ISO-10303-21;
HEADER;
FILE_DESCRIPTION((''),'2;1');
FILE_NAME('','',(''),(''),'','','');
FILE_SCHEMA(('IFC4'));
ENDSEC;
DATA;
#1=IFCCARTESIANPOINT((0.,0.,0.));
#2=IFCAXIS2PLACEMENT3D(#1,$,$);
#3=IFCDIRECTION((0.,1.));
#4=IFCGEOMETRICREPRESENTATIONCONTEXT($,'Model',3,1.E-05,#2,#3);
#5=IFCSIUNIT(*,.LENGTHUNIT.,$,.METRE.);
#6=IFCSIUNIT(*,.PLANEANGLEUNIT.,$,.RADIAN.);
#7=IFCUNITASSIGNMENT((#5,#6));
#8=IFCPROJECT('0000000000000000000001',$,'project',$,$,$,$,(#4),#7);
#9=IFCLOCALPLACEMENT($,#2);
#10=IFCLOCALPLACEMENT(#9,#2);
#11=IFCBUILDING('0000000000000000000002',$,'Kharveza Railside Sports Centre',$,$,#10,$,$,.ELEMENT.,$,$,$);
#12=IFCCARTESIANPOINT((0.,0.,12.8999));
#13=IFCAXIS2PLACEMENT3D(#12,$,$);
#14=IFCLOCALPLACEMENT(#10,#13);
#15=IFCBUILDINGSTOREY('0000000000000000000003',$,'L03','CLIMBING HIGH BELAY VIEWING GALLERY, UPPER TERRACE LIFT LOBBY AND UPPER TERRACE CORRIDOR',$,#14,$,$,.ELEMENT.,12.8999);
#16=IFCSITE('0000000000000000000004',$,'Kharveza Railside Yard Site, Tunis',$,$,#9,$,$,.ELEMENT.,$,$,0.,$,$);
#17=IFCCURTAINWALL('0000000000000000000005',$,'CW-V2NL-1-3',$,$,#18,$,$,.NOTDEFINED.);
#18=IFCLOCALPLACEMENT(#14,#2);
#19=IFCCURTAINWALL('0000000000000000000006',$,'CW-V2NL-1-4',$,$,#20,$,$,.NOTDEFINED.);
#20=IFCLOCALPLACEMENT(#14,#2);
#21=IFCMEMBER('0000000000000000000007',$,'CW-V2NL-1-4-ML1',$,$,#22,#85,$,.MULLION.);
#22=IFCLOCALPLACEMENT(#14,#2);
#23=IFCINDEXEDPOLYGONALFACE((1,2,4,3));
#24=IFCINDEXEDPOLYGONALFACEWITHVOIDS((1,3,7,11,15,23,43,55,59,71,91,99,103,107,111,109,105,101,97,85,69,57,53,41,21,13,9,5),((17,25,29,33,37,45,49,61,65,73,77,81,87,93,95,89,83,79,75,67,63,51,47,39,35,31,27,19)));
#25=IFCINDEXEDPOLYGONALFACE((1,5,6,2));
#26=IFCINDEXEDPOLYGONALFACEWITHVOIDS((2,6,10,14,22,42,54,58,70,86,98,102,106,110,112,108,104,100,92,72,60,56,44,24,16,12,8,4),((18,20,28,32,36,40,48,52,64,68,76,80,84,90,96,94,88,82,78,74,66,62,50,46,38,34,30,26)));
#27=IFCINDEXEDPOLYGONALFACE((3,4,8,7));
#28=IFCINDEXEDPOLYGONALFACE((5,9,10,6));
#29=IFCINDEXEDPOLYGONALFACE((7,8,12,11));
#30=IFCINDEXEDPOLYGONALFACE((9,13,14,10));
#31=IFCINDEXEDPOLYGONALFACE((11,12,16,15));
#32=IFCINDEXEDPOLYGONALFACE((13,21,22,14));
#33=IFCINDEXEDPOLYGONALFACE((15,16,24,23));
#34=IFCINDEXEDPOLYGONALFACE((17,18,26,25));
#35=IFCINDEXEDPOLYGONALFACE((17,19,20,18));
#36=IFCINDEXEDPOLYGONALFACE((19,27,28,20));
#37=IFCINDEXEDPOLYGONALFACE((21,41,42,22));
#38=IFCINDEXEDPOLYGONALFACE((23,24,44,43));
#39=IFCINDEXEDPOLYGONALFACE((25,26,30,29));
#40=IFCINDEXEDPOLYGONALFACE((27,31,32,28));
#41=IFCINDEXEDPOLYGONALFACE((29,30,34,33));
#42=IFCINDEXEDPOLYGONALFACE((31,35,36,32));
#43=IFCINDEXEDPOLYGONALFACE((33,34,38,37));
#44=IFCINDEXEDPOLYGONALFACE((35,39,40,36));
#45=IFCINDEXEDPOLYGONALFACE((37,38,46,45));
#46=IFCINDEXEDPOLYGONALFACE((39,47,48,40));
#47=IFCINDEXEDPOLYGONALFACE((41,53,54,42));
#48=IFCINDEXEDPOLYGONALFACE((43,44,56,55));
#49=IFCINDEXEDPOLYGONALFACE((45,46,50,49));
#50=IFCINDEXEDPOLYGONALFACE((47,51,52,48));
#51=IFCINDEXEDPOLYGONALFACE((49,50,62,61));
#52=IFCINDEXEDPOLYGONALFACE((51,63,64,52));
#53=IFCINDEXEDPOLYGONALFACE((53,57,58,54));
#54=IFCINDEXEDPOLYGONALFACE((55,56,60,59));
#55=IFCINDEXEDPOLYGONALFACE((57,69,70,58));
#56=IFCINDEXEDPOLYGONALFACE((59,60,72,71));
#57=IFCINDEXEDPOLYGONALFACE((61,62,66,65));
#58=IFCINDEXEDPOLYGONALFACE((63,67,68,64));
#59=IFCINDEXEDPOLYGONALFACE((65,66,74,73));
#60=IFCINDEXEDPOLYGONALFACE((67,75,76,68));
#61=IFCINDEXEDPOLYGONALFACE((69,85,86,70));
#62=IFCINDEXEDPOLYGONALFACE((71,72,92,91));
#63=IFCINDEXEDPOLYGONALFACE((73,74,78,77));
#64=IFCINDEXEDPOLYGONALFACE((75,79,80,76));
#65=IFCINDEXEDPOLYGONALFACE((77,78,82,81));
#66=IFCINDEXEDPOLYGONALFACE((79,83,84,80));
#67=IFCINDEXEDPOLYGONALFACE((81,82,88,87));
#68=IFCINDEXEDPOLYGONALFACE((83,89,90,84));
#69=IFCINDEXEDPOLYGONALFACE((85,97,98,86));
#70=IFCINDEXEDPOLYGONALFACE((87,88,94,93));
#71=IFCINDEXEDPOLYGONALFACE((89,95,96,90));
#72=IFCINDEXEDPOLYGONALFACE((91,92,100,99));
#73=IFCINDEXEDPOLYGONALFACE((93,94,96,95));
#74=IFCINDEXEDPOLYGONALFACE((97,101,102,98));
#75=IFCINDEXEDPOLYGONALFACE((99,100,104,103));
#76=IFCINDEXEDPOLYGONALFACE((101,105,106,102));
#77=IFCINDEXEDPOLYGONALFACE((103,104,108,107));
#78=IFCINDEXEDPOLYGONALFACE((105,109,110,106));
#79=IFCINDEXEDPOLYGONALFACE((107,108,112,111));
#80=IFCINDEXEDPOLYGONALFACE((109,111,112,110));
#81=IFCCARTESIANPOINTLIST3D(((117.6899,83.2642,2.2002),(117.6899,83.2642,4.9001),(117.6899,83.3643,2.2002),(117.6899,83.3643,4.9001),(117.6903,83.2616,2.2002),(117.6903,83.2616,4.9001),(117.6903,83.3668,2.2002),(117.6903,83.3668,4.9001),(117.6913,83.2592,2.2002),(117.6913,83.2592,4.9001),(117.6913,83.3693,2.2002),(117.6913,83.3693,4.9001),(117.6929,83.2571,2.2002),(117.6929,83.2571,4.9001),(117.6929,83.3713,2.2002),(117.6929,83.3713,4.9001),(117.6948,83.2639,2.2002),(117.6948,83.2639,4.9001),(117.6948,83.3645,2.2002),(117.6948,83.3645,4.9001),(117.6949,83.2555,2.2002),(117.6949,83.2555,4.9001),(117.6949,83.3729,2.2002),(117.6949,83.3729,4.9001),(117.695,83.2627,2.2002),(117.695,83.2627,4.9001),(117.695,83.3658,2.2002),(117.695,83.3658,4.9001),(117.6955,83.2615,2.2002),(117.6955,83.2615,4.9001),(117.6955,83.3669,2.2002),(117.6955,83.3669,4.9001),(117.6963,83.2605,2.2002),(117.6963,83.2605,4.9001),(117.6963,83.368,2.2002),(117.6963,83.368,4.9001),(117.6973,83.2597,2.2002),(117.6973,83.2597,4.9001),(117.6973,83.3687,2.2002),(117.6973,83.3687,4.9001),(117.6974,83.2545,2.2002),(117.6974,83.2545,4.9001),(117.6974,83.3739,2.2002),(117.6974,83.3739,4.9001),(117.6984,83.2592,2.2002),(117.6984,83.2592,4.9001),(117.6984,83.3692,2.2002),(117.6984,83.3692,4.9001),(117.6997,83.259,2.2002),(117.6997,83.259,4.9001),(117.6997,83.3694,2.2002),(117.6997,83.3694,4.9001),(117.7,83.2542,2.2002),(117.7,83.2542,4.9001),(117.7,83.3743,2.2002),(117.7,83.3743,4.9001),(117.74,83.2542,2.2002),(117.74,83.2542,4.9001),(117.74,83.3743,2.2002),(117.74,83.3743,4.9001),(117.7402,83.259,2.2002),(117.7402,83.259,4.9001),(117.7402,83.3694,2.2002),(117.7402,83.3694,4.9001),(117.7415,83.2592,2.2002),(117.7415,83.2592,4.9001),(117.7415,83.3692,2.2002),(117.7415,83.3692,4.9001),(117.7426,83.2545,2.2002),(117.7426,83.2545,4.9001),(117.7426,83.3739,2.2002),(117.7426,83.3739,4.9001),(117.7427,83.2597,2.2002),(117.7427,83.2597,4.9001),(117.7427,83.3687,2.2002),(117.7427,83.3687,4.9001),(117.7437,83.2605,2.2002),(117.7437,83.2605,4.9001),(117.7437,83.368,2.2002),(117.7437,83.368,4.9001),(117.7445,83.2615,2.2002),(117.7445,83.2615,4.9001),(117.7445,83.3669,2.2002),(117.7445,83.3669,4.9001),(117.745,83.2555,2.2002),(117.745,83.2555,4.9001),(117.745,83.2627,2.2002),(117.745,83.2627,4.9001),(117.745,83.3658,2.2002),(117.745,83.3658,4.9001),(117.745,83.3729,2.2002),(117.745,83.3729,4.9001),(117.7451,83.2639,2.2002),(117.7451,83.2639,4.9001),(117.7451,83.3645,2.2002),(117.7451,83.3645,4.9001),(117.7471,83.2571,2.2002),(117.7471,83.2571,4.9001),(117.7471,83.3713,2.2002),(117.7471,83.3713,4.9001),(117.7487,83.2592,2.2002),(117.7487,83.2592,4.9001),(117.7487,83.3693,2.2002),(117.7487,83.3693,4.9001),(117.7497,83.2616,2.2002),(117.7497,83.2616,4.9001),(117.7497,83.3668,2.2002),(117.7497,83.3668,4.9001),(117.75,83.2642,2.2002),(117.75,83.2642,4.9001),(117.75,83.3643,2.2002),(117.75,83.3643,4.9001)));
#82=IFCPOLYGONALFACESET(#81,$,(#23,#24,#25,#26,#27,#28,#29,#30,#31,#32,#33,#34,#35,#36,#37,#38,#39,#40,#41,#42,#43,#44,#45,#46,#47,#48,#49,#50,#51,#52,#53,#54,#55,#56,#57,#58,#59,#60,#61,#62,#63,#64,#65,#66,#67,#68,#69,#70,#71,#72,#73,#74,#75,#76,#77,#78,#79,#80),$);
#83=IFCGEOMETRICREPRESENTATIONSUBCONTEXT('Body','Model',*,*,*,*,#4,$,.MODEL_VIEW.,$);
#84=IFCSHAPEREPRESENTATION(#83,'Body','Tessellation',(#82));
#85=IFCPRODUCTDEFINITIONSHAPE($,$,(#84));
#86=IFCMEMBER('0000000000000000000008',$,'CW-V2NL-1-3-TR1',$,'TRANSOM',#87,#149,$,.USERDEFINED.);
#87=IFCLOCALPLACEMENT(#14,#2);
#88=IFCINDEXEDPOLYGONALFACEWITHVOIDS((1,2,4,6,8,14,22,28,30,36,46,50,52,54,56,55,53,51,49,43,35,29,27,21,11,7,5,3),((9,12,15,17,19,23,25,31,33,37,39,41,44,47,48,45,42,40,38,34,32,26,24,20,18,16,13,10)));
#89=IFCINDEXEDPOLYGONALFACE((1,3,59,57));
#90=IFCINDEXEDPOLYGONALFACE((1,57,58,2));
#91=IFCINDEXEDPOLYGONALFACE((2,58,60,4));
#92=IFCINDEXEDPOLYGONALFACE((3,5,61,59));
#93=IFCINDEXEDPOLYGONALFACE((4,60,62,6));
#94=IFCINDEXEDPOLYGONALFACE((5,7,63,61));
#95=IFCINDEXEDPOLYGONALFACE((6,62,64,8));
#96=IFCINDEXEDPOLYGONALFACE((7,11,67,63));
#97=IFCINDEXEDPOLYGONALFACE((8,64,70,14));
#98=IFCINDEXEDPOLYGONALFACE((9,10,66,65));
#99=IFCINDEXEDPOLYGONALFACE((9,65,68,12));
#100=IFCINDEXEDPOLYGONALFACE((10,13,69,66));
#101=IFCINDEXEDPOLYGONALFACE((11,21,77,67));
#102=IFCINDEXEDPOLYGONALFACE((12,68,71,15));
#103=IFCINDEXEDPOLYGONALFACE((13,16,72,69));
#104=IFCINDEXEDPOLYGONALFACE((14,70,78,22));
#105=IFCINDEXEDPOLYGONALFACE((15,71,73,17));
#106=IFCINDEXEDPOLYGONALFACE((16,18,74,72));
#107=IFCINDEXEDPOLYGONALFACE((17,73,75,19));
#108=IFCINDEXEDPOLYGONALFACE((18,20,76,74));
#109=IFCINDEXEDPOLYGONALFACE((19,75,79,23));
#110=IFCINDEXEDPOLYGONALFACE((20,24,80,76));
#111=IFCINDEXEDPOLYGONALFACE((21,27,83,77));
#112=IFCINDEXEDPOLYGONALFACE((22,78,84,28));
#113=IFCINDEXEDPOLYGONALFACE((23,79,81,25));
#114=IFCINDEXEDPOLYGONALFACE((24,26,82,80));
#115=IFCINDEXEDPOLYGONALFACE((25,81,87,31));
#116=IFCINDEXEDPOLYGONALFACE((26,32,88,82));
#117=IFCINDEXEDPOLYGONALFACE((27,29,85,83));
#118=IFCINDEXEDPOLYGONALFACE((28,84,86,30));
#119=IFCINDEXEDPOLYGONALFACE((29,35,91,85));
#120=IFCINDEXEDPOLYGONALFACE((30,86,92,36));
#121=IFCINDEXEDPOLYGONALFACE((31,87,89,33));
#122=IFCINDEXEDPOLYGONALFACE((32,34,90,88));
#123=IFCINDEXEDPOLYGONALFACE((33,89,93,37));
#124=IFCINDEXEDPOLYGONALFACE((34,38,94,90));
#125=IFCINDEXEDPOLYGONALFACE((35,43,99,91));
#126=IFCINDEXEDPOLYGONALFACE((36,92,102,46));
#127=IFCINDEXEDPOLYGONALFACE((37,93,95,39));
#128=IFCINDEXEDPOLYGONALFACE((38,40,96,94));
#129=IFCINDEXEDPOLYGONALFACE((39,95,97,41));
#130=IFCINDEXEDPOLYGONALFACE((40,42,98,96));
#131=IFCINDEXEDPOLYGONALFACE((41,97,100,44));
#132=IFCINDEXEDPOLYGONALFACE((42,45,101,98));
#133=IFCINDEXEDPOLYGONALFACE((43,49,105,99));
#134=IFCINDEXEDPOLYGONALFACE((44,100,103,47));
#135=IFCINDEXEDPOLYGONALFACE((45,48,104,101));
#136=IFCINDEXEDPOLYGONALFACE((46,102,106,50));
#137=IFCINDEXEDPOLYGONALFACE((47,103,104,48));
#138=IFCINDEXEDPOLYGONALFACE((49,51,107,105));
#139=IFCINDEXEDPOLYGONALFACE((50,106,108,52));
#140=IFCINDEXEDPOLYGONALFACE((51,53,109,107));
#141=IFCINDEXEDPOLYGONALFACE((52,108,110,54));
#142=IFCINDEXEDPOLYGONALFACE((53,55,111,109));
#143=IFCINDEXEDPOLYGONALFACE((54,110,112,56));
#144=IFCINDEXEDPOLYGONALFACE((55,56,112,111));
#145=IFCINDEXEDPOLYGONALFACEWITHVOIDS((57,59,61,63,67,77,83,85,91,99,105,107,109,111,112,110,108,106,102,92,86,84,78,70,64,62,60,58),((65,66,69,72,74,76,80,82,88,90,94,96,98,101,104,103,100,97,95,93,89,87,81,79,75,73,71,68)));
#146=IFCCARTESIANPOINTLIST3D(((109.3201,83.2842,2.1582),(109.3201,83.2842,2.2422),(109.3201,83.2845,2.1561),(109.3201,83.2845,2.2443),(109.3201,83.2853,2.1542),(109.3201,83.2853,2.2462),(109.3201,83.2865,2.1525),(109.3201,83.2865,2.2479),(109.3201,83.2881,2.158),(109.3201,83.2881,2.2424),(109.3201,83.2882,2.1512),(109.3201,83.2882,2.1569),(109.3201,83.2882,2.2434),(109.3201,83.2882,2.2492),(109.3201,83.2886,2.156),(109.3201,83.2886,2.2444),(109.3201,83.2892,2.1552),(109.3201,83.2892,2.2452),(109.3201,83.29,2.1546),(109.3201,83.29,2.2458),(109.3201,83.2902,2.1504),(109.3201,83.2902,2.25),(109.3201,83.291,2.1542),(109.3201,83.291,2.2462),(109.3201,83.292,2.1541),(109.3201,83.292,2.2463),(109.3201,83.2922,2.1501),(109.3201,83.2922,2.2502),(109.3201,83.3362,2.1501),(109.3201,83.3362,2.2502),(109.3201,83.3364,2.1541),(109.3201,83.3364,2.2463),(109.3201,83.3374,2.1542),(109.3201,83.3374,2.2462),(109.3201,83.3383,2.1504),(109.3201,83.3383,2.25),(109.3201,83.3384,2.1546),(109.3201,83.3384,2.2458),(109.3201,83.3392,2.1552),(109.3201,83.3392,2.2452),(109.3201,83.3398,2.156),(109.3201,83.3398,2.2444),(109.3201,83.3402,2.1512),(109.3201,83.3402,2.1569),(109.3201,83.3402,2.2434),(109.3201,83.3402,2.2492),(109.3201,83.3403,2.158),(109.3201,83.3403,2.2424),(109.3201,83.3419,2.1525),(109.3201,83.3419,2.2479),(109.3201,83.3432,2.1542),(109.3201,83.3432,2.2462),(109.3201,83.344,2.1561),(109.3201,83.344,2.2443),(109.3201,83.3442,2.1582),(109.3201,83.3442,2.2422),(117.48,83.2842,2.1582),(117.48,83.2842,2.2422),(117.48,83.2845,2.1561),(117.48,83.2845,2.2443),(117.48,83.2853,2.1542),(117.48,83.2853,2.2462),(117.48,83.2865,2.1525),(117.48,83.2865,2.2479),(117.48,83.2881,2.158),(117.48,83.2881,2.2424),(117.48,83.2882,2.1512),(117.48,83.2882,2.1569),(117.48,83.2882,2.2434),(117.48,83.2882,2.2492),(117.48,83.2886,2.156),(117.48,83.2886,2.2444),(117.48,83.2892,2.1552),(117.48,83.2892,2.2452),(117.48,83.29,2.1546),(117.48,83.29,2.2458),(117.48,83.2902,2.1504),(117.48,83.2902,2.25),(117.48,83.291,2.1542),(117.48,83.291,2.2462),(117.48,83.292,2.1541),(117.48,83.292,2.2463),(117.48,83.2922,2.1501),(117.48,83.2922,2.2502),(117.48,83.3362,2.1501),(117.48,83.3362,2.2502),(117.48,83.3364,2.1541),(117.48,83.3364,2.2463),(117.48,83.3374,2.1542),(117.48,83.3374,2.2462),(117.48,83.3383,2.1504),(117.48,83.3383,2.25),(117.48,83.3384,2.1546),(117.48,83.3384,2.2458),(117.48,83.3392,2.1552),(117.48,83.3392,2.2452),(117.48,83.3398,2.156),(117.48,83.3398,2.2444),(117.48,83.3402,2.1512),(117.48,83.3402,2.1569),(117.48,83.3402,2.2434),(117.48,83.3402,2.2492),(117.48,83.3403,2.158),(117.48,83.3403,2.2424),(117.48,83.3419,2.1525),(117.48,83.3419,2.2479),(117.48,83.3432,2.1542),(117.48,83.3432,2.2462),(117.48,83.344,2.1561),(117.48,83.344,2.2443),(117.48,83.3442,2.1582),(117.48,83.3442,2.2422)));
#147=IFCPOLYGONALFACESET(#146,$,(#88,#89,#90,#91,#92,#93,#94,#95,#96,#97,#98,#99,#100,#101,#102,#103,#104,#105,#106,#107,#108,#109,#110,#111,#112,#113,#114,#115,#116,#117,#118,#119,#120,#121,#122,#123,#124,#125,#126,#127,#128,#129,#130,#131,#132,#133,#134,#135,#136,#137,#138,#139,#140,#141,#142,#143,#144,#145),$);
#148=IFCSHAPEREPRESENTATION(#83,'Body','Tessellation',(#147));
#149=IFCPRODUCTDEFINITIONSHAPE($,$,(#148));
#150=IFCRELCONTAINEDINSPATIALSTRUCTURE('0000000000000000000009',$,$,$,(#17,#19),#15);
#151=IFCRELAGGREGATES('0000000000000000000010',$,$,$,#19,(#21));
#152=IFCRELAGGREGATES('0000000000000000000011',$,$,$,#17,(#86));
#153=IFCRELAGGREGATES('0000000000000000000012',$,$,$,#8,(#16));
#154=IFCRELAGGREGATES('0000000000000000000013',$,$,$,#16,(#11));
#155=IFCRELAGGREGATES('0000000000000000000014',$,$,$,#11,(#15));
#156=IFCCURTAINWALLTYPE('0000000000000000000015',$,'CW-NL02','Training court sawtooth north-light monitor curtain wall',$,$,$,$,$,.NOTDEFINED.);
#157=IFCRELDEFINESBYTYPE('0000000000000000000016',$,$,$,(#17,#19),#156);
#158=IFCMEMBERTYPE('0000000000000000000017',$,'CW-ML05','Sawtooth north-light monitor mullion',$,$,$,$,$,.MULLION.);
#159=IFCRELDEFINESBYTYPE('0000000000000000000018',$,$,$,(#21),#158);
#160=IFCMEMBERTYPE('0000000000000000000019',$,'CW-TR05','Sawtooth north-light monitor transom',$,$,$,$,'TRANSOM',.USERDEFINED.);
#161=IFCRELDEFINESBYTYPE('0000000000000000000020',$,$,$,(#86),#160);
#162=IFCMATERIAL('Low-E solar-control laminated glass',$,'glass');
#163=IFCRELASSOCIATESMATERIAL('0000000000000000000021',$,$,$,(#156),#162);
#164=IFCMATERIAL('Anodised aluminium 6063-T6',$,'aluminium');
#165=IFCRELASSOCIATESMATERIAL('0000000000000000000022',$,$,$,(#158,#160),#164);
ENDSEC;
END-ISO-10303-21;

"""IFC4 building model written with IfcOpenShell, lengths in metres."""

from ifc_helpers import new_model, si_unit, direction, frame, origin, origin_2d, place, context, subcontext, project, spatial, hollow_rectangle, extrude, material, material_profile, profile_set, type_object, element, aggregate, save


model = new_model("IFC4")

# Units and contexts
model_context = context("Model", 3, precision=1e-05, world=origin(), true_north=direction((0.0, 1.0)))
body_context = subcontext(model_context, "Body", "Model", "MODEL_VIEW")
ifc_project = project(units=[si_unit("LENGTHUNIT", "METRE"), si_unit("PLANEANGLEUNIT", "RADIAN")], contexts=[model_context])

# Site, building, storey
site_placement = place(None, origin())
site = spatial("IfcSite", under=ifc_project, at=site_placement, Name="Kharveza Railside Yard Site, Tunis", CompositionType="ELEMENT", RefElevation=0.0)
building_placement = place(site_placement, origin())
building = spatial("IfcBuilding", under=site, at=building_placement, Name="Kharveza Railside Sports Centre", CompositionType="ELEMENT")
storey_placement = place(building_placement, frame((0.0, 0.0, 12.8999)))
storey = spatial("IfcBuildingStorey", under=building, at=storey_placement, Name="L03", Description="CLIMBING HIGH BELAY VIEWING GALLERY, UPPER TERRACE LIFT LOBBY AND UPPER TERRACE CORRIDOR", CompositionType="ELEMENT", Elevation=12.8999)

# Curtain wall
ifc_material_1 = material(Name="Low-E solar-control laminated glass", Category="glass")
curtain_wall_type = type_object("IfcCurtainWallType", Name="CW-NL02", Description="Training court sawtooth north-light monitor curtain wall", PredefinedType="NOTDEFINED", material=ifc_material_1)
curtain_wall_1_placement = place(storey_placement, origin())
curtain_wall_1 = element("IfcCurtainWall", 1, at=curtain_wall_1_placement, inside=storey, type_object=curtain_wall_type, Name="CW-V2NL-1-3", PredefinedType="NOTDEFINED")
ifc_material_2 = material(Name="Anodised aluminium 6063-T6", Category="aluminium")
ifc_material_profile_1 = material_profile(ifc_material_2, hollow_rectangle(XDim=0.0601, YDim=0.1201, WallThickness=0.0049, InnerFilletRadius=0.0049, OuterFilletRadius=0.01, at=origin_2d()), Name="RHS 60x120x5.0")
ifc_profile_set_1 = profile_set([ifc_material_profile_1], Name="Anodised aluminium 6063-T6")
member_type_1 = type_object("IfcMemberType", Name="CW-ML05", Description="Sawtooth north-light monitor mullion", PredefinedType="MULLION", material=ifc_profile_set_1)

# Curtain wall, member
curtain_wall_2_placement = place(storey_placement, origin())
curtain_wall_2 = element("IfcCurtainWall", 2, at=curtain_wall_2_placement, inside=storey, type_object=curtain_wall_type, Name="CW-V2NL-1-4", PredefinedType="NOTDEFINED")
member_1_placement = place(storey_placement, frame((117.72, 83.3142, 2.2002), z_axis=(0.0, 0.0, 1.0), x_axis=(1.0, 0.0, 0.0)))
member_1 = element("IfcMember", 3, at=member_1_placement, type_object=member_type_1, Name="CW-V2NL-1-4-ML1", PredefinedType="MULLION", context=body_context, shape_type="SweptSolid", body=[
    extrude(hollow_rectangle(XDim=0.0601, YDim=0.1201, WallThickness=0.0049, InnerFilletRadius=0.0049, OuterFilletRadius=0.01, at=origin_2d()), origin(), (0.0, 0.0, 1.0), 2.7),
])

# Member
ifc_material_profile_2 = material_profile(ifc_material_2, hollow_rectangle(XDim=0.0601, YDim=0.1001, WallThickness=0.0039, InnerFilletRadius=0.0039, OuterFilletRadius=0.0081, at=origin_2d()), Name="RHS 60x100x4.0")
ifc_profile_set_2 = profile_set([ifc_material_profile_2], Name="Anodised aluminium 6063-T6")
member_type_2 = type_object("IfcMemberType", Name="CW-TR05", Description="Sawtooth north-light monitor transom", ElementType="TRANSOM", PredefinedType="USERDEFINED", material=ifc_profile_set_2)
member_2_placement = place(storey_placement, frame((109.3201, 83.3142, 2.2002), z_axis=(1.0, 0.0, 0.0), x_axis=(0.0, 1.0, 0.0)))
member_2 = element("IfcMember", 4, at=member_2_placement, type_object=member_type_2, Name="CW-V2NL-1-3-TR1", ObjectType="TRANSOM", PredefinedType="USERDEFINED", context=body_context, shape_type="SweptSolid", body=[
    extrude(hollow_rectangle(XDim=0.0601, YDim=0.1001, WallThickness=0.0039, InnerFilletRadius=0.0039, OuterFilletRadius=0.0081, at=origin_2d()), origin(), (0.0, 0.0, 1.0), 8.1599),
])
aggregate(curtain_wall_2, [member_1])

aggregate(curtain_wall_1, [member_2])

save(model, "model.ifc")
